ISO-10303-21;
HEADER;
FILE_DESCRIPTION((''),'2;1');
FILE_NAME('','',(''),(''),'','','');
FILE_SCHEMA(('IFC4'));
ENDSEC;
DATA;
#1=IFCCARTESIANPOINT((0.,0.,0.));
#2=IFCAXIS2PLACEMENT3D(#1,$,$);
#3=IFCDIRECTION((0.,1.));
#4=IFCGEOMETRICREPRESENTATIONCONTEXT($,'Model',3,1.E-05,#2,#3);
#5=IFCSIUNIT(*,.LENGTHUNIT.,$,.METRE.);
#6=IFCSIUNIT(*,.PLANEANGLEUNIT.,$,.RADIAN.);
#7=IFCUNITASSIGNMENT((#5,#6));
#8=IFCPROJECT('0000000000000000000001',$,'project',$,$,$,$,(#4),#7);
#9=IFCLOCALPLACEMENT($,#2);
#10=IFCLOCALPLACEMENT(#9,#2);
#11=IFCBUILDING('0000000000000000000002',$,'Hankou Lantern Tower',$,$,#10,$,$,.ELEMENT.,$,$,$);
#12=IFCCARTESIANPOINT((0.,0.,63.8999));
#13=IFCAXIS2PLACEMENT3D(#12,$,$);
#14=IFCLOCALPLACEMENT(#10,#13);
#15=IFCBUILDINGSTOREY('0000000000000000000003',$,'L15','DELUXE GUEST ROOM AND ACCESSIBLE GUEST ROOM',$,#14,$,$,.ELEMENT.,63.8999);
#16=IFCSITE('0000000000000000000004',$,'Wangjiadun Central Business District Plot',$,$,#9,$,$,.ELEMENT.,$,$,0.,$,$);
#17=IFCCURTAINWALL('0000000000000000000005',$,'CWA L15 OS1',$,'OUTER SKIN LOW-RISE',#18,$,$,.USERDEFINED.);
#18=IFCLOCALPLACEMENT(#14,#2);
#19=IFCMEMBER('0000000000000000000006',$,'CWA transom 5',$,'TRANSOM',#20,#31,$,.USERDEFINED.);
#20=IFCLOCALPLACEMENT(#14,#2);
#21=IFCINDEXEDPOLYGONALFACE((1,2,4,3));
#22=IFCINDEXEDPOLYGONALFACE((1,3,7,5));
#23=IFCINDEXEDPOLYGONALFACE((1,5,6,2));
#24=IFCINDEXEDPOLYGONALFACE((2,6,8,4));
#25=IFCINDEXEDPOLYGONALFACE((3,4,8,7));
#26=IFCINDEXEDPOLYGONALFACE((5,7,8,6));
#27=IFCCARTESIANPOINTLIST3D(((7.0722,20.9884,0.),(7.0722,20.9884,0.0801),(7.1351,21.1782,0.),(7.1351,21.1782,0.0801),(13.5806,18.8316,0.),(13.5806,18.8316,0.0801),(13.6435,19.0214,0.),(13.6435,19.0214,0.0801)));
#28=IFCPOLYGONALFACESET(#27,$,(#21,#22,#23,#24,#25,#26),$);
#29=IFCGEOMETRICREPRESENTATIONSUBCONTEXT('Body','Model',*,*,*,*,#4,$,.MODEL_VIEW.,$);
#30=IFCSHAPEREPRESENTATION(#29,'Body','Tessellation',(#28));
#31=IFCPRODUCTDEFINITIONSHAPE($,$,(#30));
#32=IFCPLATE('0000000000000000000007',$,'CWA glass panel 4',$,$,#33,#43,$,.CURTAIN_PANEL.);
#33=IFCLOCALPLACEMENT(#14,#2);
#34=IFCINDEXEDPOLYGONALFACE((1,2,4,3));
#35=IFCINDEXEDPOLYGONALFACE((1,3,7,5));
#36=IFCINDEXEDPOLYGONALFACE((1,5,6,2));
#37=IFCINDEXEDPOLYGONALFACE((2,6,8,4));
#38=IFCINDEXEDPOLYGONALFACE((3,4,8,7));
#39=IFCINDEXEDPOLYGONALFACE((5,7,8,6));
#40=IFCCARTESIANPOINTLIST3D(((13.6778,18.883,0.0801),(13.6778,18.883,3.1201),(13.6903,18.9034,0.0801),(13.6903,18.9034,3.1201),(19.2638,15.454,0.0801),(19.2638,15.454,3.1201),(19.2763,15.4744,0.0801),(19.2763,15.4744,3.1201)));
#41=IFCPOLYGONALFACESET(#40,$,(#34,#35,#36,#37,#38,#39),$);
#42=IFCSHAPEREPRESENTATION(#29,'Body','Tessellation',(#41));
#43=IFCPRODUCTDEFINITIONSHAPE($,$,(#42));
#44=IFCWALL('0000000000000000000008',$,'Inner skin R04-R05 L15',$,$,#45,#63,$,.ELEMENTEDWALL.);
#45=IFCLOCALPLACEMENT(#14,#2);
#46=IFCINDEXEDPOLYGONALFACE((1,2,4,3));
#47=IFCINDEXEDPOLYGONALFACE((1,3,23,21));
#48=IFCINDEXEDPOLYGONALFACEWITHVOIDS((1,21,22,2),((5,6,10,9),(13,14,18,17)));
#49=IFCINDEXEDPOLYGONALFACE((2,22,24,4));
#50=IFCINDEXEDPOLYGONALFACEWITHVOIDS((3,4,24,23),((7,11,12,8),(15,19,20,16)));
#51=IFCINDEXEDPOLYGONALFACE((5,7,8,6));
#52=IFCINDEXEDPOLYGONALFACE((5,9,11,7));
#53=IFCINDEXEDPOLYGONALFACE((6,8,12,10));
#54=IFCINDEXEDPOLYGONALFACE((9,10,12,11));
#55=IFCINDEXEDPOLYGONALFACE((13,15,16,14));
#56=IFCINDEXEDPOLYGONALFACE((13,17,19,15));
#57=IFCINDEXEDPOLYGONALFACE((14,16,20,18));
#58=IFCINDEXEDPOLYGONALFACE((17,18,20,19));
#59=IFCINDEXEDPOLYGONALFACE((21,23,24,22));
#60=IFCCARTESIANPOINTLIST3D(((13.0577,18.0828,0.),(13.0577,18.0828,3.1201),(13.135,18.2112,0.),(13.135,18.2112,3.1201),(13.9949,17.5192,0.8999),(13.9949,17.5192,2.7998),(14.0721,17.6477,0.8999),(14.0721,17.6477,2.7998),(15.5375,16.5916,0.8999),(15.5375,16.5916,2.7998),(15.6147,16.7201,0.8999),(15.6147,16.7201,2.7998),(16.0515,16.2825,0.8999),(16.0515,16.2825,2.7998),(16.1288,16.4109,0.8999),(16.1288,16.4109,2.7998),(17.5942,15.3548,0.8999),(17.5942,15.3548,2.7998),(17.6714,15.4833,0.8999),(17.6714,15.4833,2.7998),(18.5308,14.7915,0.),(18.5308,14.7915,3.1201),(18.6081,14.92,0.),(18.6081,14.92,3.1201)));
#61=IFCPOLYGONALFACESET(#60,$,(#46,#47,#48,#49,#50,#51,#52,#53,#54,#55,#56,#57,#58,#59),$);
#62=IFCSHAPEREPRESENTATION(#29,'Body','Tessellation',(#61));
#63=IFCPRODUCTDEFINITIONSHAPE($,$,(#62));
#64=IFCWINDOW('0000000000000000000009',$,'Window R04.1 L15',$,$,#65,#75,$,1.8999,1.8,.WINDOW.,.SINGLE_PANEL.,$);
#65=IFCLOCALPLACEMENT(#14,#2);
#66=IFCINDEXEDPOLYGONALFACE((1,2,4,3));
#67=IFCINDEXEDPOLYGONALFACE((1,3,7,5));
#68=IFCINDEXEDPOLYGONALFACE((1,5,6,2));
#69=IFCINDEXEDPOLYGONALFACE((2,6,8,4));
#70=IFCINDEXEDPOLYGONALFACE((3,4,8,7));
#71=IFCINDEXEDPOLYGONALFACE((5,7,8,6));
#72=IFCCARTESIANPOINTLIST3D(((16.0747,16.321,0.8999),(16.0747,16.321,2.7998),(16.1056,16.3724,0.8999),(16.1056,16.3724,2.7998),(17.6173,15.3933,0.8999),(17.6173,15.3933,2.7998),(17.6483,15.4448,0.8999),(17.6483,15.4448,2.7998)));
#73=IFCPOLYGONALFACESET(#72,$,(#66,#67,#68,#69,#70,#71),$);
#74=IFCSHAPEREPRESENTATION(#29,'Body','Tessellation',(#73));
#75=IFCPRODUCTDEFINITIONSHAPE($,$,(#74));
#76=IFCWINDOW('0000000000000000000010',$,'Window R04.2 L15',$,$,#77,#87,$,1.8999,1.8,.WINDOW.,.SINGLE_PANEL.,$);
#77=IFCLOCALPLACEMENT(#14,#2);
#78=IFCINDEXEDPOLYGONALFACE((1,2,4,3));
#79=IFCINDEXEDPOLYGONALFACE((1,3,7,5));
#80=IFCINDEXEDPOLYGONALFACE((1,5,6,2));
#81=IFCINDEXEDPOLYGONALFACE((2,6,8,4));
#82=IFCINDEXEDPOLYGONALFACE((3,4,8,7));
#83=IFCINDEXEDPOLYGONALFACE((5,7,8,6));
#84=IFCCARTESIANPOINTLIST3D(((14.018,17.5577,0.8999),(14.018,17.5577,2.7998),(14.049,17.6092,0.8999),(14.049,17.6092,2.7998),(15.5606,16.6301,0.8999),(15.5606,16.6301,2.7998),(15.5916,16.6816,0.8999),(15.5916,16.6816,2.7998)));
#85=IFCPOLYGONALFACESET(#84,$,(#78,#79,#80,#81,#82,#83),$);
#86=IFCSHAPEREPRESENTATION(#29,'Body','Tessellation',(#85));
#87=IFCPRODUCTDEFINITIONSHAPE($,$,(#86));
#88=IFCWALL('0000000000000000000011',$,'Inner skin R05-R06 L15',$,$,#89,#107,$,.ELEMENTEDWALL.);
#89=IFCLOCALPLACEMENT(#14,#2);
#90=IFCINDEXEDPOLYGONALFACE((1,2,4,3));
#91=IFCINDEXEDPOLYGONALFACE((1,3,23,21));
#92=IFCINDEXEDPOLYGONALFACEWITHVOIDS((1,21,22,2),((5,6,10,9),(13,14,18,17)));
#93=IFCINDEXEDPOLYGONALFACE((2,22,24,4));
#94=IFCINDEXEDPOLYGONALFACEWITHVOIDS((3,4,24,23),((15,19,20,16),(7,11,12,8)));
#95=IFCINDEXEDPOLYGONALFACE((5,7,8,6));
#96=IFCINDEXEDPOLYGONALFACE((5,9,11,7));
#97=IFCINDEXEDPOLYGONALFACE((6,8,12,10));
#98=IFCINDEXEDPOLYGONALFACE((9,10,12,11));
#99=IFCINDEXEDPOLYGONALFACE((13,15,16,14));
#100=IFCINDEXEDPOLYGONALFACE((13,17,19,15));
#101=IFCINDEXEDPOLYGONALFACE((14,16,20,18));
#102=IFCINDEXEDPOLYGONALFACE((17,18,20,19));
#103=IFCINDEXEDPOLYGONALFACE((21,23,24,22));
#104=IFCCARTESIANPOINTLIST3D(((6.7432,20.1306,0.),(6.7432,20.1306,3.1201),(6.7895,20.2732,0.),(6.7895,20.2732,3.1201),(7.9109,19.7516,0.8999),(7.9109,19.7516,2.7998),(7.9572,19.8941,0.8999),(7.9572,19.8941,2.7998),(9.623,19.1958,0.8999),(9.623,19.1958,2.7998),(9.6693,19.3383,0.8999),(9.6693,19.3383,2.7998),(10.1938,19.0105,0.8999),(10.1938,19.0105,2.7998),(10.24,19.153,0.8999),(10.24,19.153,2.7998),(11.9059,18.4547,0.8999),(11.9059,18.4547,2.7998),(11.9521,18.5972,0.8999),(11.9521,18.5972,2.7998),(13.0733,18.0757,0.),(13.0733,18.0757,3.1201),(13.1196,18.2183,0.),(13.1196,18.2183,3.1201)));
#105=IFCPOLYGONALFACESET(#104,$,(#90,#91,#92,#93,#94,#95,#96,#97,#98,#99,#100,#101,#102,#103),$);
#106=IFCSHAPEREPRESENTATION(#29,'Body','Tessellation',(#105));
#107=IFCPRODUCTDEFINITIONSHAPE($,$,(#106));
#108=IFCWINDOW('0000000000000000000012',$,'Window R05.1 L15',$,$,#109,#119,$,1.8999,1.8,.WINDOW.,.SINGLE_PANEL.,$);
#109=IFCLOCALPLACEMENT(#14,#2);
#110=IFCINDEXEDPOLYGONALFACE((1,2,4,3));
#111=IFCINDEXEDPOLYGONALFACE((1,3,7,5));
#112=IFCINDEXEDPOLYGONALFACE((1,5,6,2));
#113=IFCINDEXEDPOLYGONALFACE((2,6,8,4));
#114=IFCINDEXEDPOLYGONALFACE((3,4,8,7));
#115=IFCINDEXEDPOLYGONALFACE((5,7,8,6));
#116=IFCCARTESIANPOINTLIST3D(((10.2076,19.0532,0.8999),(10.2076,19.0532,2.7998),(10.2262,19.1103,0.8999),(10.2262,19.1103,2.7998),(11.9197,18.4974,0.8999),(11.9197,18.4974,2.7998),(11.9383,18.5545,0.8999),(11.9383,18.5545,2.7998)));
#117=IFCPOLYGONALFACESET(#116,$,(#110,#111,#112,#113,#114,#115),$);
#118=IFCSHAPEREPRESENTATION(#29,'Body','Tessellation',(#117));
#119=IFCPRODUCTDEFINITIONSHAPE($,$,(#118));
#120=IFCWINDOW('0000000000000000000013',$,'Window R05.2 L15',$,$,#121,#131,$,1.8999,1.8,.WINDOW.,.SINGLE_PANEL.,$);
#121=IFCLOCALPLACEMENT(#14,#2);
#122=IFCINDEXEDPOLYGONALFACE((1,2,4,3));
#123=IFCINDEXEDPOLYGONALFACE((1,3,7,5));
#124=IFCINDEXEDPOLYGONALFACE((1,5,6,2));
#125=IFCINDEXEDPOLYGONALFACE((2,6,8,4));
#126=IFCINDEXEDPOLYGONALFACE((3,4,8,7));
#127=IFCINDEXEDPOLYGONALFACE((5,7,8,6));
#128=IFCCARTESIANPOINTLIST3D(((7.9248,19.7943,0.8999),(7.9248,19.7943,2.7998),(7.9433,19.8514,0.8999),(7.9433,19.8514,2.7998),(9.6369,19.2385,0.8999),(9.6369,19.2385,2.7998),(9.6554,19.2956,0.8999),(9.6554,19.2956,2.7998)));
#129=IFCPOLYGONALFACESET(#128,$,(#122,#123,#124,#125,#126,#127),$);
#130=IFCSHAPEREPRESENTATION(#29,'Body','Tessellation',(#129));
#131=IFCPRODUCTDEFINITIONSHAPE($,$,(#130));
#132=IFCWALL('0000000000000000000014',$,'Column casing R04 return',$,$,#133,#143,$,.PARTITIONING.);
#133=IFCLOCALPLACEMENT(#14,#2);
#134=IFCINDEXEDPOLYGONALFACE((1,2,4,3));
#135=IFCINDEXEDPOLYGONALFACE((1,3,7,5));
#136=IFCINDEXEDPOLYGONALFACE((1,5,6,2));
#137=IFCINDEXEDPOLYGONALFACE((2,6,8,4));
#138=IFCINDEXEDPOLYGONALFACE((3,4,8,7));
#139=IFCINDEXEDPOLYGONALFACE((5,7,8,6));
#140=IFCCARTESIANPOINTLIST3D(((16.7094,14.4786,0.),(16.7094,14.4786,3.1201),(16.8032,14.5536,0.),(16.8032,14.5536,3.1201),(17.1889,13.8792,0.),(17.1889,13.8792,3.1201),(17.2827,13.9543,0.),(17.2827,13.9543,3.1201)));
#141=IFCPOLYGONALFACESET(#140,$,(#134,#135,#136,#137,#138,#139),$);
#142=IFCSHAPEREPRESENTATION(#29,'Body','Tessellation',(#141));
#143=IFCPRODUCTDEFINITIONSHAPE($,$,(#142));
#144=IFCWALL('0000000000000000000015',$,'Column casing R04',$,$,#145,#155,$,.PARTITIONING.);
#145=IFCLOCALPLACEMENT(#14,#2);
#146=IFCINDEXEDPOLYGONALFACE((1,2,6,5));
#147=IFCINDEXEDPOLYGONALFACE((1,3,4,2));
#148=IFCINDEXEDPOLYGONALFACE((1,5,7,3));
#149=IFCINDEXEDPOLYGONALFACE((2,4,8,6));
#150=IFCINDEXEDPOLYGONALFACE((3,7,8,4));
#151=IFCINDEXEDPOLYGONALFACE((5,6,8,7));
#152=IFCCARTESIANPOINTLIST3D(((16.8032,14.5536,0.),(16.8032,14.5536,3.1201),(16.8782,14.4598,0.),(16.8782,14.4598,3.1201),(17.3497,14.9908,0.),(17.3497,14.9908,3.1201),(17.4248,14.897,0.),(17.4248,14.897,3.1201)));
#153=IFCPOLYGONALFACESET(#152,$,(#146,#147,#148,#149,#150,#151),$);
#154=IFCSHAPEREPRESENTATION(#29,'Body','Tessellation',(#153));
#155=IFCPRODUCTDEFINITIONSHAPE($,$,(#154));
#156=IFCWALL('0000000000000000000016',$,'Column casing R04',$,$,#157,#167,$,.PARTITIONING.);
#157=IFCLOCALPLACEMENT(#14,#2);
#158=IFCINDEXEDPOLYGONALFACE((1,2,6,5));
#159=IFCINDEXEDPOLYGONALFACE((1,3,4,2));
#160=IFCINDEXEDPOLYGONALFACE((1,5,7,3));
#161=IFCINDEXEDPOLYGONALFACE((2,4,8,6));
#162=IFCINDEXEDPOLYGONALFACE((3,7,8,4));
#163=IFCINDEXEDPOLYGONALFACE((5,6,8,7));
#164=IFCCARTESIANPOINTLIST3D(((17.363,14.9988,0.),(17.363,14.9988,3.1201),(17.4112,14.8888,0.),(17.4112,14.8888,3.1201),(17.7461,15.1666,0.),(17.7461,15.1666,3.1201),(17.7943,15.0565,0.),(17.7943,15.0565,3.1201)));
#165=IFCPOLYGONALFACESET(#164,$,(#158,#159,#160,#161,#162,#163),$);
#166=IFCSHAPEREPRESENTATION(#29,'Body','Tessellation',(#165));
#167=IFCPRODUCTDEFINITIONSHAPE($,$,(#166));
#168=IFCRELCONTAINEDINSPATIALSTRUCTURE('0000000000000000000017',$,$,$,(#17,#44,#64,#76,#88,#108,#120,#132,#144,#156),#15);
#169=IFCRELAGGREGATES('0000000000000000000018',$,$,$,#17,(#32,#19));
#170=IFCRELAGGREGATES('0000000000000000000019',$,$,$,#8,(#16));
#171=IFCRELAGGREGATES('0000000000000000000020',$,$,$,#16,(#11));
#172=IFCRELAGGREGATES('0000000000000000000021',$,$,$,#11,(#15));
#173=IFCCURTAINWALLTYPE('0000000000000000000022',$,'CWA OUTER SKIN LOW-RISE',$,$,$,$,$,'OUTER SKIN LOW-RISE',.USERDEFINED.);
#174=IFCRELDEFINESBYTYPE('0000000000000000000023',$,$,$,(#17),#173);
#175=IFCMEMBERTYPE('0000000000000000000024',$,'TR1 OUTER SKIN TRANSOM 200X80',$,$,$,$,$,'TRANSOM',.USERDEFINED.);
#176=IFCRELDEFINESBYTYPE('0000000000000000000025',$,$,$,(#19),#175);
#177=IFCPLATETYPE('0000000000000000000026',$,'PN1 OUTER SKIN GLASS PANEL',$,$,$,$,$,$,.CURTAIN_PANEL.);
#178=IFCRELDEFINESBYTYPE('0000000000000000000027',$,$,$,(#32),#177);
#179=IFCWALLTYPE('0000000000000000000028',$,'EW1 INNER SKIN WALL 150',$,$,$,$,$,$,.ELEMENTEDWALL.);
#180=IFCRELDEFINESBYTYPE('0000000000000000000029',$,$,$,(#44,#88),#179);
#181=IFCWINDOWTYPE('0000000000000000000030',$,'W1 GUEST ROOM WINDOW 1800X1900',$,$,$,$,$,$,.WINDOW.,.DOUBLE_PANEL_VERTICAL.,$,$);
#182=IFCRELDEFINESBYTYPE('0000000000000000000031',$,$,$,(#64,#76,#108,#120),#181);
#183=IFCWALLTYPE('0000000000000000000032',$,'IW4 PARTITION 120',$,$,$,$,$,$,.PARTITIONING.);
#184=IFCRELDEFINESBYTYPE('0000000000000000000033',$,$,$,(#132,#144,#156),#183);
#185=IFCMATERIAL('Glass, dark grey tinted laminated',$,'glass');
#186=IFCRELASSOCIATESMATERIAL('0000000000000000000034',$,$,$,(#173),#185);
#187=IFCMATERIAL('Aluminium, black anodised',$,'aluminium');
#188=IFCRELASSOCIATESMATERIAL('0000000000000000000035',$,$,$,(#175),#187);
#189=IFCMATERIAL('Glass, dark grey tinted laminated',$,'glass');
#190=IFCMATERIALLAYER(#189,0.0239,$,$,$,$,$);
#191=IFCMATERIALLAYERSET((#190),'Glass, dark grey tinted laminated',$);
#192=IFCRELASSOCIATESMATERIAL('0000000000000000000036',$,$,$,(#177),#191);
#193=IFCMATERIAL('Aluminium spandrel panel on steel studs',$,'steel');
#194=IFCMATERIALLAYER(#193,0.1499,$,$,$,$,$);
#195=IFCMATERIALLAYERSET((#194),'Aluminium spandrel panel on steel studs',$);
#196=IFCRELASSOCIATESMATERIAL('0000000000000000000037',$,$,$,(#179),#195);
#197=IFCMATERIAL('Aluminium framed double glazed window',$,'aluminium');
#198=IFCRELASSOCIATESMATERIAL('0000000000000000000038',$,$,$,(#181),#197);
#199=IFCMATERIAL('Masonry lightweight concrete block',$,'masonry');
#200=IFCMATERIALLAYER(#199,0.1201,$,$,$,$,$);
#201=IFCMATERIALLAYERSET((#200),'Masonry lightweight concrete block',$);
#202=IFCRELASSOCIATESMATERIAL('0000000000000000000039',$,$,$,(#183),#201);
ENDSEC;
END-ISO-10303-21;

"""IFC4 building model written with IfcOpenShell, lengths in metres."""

from ifc_helpers import new_model, si_unit, direction, frame, frame_2d, origin, origin_2d, place, context, subcontext, project, spatial, rectangle, extrude, material, layer, layer_set, material_profile, profile_set, type_object, element, fill, aggregate, save


model = new_model("IFC4")

# Units and contexts
model_context = context("Model", 3, precision=1e-05, world=origin(), true_north=direction((0.0, 1.0)))
body_context = subcontext(model_context, "Body", "Model", "MODEL_VIEW")
ifc_project = project(units=[si_unit("LENGTHUNIT", "METRE"), si_unit("PLANEANGLEUNIT", "RADIAN")], contexts=[model_context])

# Site, building, storey
site_placement = place(None, origin())
site = spatial("IfcSite", under=ifc_project, at=site_placement, Name="Wangjiadun Central Business District Plot", CompositionType="ELEMENT", RefElevation=0.0)
building_placement = place(site_placement, origin())
building = spatial("IfcBuilding", under=site, at=building_placement, Name="Hankou Lantern Tower", CompositionType="ELEMENT")
storey_placement = place(building_placement, frame((0.0, 0.0, 63.8999)))
storey = spatial("IfcBuildingStorey", under=building, at=storey_placement, Name="L15", Description="DELUXE GUEST ROOM AND ACCESSIBLE GUEST ROOM", CompositionType="ELEMENT", Elevation=63.8999)

# Curtain wall, member, plate
ifc_material_1 = material(Name="Glass, dark grey tinted laminated", Category="glass")
curtain_wall_type = type_object("IfcCurtainWallType", Name="CWA OUTER SKIN LOW-RISE", ElementType="OUTER SKIN LOW-RISE", PredefinedType="USERDEFINED", material=ifc_material_1)
curtain_wall_placement = place(storey_placement, origin())
curtain_wall = element("IfcCurtainWall", 1, at=curtain_wall_placement, inside=storey, type_object=curtain_wall_type, Name="CWA L15 OS1", ObjectType="OUTER SKIN LOW-RISE", PredefinedType="USERDEFINED")
ifc_material_2 = material(Name="Aluminium, black anodised", Category="aluminium")
ifc_material_profile_1 = material_profile(ifc_material_2, rectangle(XDim=0.2, YDim=0.0801, at=origin_2d()), Name="TR1 200X80")
ifc_profile_set_1 = profile_set([ifc_material_profile_1], Name="Aluminium, black anodised")
member_type_1 = type_object("IfcMemberType", Name="TR1 OUTER SKIN TRANSOM 200X80", ElementType="TRANSOM", PredefinedType="USERDEFINED", material=ifc_profile_set_1)
member_1_placement = place(storey_placement, frame((13.6121, 18.9265, 0.04), z_axis=(-0.949237, 0.314561, 0.0), x_axis=(-0.314561, -0.949237, 0.0)))
member_1 = element("IfcMember", 2, at=member_1_placement, type_object=member_type_1, Name="CWA transom 5", ObjectType="TRANSOM", PredefinedType="USERDEFINED", context=body_context, shape_type="SweptSolid", body=[
    extrude(rectangle(XDim=0.2, YDim=0.0801, at=origin_2d()), origin(), (0.0, 0.0, 1.0), 6.8564),
])
ifc_material_3 = material(Name="Glass, dark grey tinted laminated", Category="glass")
ifc_layer_1 = layer(ifc_material_3, 0.0239)
ifc_layer_set_1 = layer_set([ifc_layer_1], Name="Glass, dark grey tinted laminated")
plate_type = type_object("IfcPlateType", Name="PN1 OUTER SKIN GLASS PANEL", PredefinedType="CURTAIN_PANEL", material=ifc_layer_set_1)
plate_placement = place(storey_placement, frame((16.4771, 17.1787, 0.0801), z_axis=(0.0, 0.0, 1.0), x_axis=(-0.852237, 0.523156, 0.0)))
plate = element("IfcPlate", 3, at=plate_placement, type_object=plate_type, Name="CWA glass panel 4", PredefinedType="CURTAIN_PANEL", context=body_context, shape_type="SweptSolid", body=[
    extrude(rectangle(XDim=6.5544, YDim=0.0239, at=origin_2d()), origin(), (0.0, 0.0, 1.0), 3.04),
])
aggregate(curtain_wall, [plate, member_1])

# Walls, openings, windows
ifc_material_4 = material(Name="Aluminium spandrel panel on steel studs", Category="steel")
ifc_layer_2 = layer(ifc_material_4, 0.1499)
ifc_layer_set_2 = layer_set([ifc_layer_2], Name="Aluminium spandrel panel on steel studs")
wall_type_1 = type_object("IfcWallType", Name="EW1 INNER SKIN WALL 150", PredefinedType="ELEMENTEDWALL", material=ifc_layer_set_2)
wall_1_placement = place(storey_placement, frame((18.5696, 14.8557, 0.0), z_axis=(0.0, 0.0, 1.0), x_axis=(-0.856983, 0.515344, 0.0)))
wall_1 = element("IfcWall", 4, at=wall_1_placement, inside=storey, type_object=wall_type_1, Name="Inner skin R04-R05 L15", PredefinedType="ELEMENTEDWALL", context=body_context, shape_type="SweptSolid", body=[
    extrude(rectangle(XDim=6.3865, YDim=0.1499, at=frame_2d((3.1934, 0.0))), origin(), (0.0, 0.0, 1.0), 3.1201),
])
opening_1_placement = place(wall_1_placement, frame((1.0933, 0.0, 0.8999)))
opening_1 = element("IfcOpeningElement", 5, at=opening_1_placement, cuts=wall_1, PredefinedType="OPENING", context=body_context, shape_type="SweptSolid", body=[
    extrude(rectangle(XDim=1.8, YDim=1.8999, at=frame_2d((0.8999, 0.95))), frame((0.0, 0.085, 0.0), z_axis=(0.0, -1.0, 0.0), x_axis=(1.0, 0.0, 0.0)), (0.0, 0.0, 1.0), 0.1699),
])
opening_2_placement = place(wall_1_placement, frame((3.4932, 0.0, 0.8999)))
opening_2 = element("IfcOpeningElement", 6, at=opening_2_placement, cuts=wall_1, PredefinedType="OPENING", context=body_context, shape_type="SweptSolid", body=[
    extrude(rectangle(XDim=1.8, YDim=1.8999, at=frame_2d((0.8999, 0.95))), frame((0.0, 0.085, 0.0), z_axis=(0.0, -1.0, 0.0), x_axis=(1.0, 0.0, 0.0)), (0.0, 0.0, 1.0), 0.1699),
])
ifc_material_5 = material(Name="Aluminium framed double glazed window", Category="aluminium")
window_type = type_object("IfcWindowType", Name="W1 GUEST ROOM WINDOW 1800X1900", PartitioningType="DOUBLE_PANEL_VERTICAL", PredefinedType="WINDOW", material=ifc_material_5)
window_1_placement = place(opening_1_placement, origin())
window_1 = element("IfcWindow", 7, at=window_1_placement, inside=storey, type_object=window_type, Name="Window R04.1 L15", OverallHeight=1.8999, OverallWidth=1.8, PartitioningType="SINGLE_PANEL", PredefinedType="WINDOW", context=body_context, shape_type="SweptSolid", body=[
    extrude(rectangle(XDim=1.8, YDim=1.8999, at=frame_2d((0.8999, 0.95))), frame((0.0, 0.03, 0.0), z_axis=(0.0, -1.0, 0.0), x_axis=(1.0, 0.0, 0.0)), (0.0, 0.0, 1.0), 0.0601),
])
fill(opening_1, window_1)
window_2_placement = place(opening_2_placement, origin())
window_2 = element("IfcWindow", 8, at=window_2_placement, inside=storey, type_object=window_type, Name="Window R04.2 L15", OverallHeight=1.8999, OverallWidth=1.8, PartitioningType="SINGLE_PANEL", PredefinedType="WINDOW", context=body_context, shape_type="SweptSolid", body=[
    extrude(rectangle(XDim=1.8, YDim=1.8999, at=frame_2d((0.8999, 0.95))), frame((0.0, 0.03, 0.0), z_axis=(0.0, -1.0, 0.0), x_axis=(1.0, 0.0, 0.0)), (0.0, 0.0, 1.0), 0.0601),
])
fill(opening_2, window_2)
wall_2_placement = place(storey_placement, frame((13.0964, 18.147, 0.0), z_axis=(0.0, 0.0, 1.0), x_axis=(-0.951138, 0.308768, 0.0)))
wall_2 = element("IfcWall", 9, at=wall_2_placement, inside=storey, type_object=wall_type_1, Name="Inner skin R05-R06 L15", PredefinedType="ELEMENTEDWALL", context=body_context, shape_type="SweptSolid", body=[
    extrude(rectangle(XDim=6.6553, YDim=0.1499, at=frame_2d((3.3276, 0.0))), origin(), (0.0, 0.0, 1.0), 3.1201),
])
opening_3_placement = place(wall_2_placement, frame((1.2275, 0.0, 0.8999)))
opening_3 = element("IfcOpeningElement", 10, at=opening_3_placement, cuts=wall_2, PredefinedType="OPENING", context=body_context, shape_type="SweptSolid", body=[
    extrude(rectangle(XDim=1.8, YDim=1.8999, at=frame_2d((0.8999, 0.95))), frame((0.0, 0.085, 0.0), z_axis=(0.0, -1.0, 0.0), x_axis=(1.0, 0.0, 0.0)), (0.0, 0.0, 1.0), 0.1699),
])
opening_4_placement = place(wall_2_placement, frame((3.6277, 0.0, 0.8999)))
opening_4 = element("IfcOpeningElement", 11, at=opening_4_placement, cuts=wall_2, PredefinedType="OPENING", context=body_context, shape_type="SweptSolid", body=[
    extrude(rectangle(XDim=1.8, YDim=1.8999, at=frame_2d((0.8999, 0.95))), frame((0.0, 0.085, 0.0), z_axis=(0.0, -1.0, 0.0), x_axis=(1.0, 0.0, 0.0)), (0.0, 0.0, 1.0), 0.1699),
])
window_3_placement = place(opening_3_placement, origin())
window_3 = element("IfcWindow", 12, at=window_3_placement, inside=storey, type_object=window_type, Name="Window R05.1 L15", OverallHeight=1.8999, OverallWidth=1.8, PartitioningType="SINGLE_PANEL", PredefinedType="WINDOW", context=body_context, shape_type="SweptSolid", body=[
    extrude(rectangle(XDim=1.8, YDim=1.8999, at=frame_2d((0.8999, 0.95))), frame((0.0, 0.03, 0.0), z_axis=(0.0, -1.0, 0.0), x_axis=(1.0, 0.0, 0.0)), (0.0, 0.0, 1.0), 0.0601),
])
fill(opening_3, window_3)
window_4_placement = place(opening_4_placement, origin())
window_4 = element("IfcWindow", 13, at=window_4_placement, inside=storey, type_object=window_type, Name="Window R05.2 L15", OverallHeight=1.8999, OverallWidth=1.8, PartitioningType="SINGLE_PANEL", PredefinedType="WINDOW", context=body_context, shape_type="SweptSolid", body=[
    extrude(rectangle(XDim=1.8, YDim=1.8999, at=frame_2d((0.8999, 0.95))), frame((0.0, 0.03, 0.0), z_axis=(0.0, -1.0, 0.0), x_axis=(1.0, 0.0, 0.0)), (0.0, 0.0, 1.0), 0.0601),
])
fill(opening_4, window_4)

# Walls
ifc_material_6 = material(Name="Masonry lightweight concrete block", Category="masonry")
ifc_layer_3 = layer(ifc_material_6, 0.1201)
ifc_layer_set_3 = layer_set([ifc_layer_3], Name="Masonry lightweight concrete block")
wall_type_2 = type_object("IfcWallType", Name="IW4 PARTITION 120", PredefinedType="PARTITIONING", material=ifc_layer_set_3)
wall_3_placement = place(storey_placement, frame((17.2358, 13.9167, 0.0), z_axis=(0.0, 0.0, 1.0), x_axis=(-0.624695, 0.780869, 0.0)))
element("IfcWall", 14, at=wall_3_placement, inside=storey, type_object=wall_type_2, Name="Column casing R04 return", PredefinedType="PARTITIONING", context=body_context, shape_type="SweptSolid", body=[
    extrude(rectangle(XDim=0.7676, YDim=0.1201, at=frame_2d((0.3838, 0.0))), origin(), (0.0, 0.0, 1.0), 3.1201),
])
wall_4_placement = place(storey_placement, frame((16.8406, 14.5066, 0.0), z_axis=(0.0, 0.0, 1.0), x_axis=(0.780903, 0.624653, 0.0)))
element("IfcWall", 15, at=wall_4_placement, inside=storey, type_object=wall_type_2, Name="Column casing R04", PredefinedType="PARTITIONING", context=body_context, shape_type="SweptSolid", body=[
    extrude(rectangle(XDim=0.7, YDim=0.1201, at=frame_2d((0.3501, 0.0))), origin(), (0.0, 0.0, 1.0), 3.1201),
])
wall_5_placement = place(storey_placement, frame((17.3872, 14.9438, 0.0), z_axis=(0.0, 0.0, 1.0), x_axis=(0.916037, 0.401094, 0.0)))
element("IfcWall", 16, at=wall_5_placement, inside=storey, type_object=wall_type_2, Name="Column casing R04", PredefinedType="PARTITIONING", context=body_context, shape_type="SweptSolid", body=[
    extrude(rectangle(XDim=0.4182, YDim=0.1201, at=frame_2d((0.209, 0.0))), origin(), (0.0, 0.0, 1.0), 3.1201),
])

save(model, "model.ifc")
